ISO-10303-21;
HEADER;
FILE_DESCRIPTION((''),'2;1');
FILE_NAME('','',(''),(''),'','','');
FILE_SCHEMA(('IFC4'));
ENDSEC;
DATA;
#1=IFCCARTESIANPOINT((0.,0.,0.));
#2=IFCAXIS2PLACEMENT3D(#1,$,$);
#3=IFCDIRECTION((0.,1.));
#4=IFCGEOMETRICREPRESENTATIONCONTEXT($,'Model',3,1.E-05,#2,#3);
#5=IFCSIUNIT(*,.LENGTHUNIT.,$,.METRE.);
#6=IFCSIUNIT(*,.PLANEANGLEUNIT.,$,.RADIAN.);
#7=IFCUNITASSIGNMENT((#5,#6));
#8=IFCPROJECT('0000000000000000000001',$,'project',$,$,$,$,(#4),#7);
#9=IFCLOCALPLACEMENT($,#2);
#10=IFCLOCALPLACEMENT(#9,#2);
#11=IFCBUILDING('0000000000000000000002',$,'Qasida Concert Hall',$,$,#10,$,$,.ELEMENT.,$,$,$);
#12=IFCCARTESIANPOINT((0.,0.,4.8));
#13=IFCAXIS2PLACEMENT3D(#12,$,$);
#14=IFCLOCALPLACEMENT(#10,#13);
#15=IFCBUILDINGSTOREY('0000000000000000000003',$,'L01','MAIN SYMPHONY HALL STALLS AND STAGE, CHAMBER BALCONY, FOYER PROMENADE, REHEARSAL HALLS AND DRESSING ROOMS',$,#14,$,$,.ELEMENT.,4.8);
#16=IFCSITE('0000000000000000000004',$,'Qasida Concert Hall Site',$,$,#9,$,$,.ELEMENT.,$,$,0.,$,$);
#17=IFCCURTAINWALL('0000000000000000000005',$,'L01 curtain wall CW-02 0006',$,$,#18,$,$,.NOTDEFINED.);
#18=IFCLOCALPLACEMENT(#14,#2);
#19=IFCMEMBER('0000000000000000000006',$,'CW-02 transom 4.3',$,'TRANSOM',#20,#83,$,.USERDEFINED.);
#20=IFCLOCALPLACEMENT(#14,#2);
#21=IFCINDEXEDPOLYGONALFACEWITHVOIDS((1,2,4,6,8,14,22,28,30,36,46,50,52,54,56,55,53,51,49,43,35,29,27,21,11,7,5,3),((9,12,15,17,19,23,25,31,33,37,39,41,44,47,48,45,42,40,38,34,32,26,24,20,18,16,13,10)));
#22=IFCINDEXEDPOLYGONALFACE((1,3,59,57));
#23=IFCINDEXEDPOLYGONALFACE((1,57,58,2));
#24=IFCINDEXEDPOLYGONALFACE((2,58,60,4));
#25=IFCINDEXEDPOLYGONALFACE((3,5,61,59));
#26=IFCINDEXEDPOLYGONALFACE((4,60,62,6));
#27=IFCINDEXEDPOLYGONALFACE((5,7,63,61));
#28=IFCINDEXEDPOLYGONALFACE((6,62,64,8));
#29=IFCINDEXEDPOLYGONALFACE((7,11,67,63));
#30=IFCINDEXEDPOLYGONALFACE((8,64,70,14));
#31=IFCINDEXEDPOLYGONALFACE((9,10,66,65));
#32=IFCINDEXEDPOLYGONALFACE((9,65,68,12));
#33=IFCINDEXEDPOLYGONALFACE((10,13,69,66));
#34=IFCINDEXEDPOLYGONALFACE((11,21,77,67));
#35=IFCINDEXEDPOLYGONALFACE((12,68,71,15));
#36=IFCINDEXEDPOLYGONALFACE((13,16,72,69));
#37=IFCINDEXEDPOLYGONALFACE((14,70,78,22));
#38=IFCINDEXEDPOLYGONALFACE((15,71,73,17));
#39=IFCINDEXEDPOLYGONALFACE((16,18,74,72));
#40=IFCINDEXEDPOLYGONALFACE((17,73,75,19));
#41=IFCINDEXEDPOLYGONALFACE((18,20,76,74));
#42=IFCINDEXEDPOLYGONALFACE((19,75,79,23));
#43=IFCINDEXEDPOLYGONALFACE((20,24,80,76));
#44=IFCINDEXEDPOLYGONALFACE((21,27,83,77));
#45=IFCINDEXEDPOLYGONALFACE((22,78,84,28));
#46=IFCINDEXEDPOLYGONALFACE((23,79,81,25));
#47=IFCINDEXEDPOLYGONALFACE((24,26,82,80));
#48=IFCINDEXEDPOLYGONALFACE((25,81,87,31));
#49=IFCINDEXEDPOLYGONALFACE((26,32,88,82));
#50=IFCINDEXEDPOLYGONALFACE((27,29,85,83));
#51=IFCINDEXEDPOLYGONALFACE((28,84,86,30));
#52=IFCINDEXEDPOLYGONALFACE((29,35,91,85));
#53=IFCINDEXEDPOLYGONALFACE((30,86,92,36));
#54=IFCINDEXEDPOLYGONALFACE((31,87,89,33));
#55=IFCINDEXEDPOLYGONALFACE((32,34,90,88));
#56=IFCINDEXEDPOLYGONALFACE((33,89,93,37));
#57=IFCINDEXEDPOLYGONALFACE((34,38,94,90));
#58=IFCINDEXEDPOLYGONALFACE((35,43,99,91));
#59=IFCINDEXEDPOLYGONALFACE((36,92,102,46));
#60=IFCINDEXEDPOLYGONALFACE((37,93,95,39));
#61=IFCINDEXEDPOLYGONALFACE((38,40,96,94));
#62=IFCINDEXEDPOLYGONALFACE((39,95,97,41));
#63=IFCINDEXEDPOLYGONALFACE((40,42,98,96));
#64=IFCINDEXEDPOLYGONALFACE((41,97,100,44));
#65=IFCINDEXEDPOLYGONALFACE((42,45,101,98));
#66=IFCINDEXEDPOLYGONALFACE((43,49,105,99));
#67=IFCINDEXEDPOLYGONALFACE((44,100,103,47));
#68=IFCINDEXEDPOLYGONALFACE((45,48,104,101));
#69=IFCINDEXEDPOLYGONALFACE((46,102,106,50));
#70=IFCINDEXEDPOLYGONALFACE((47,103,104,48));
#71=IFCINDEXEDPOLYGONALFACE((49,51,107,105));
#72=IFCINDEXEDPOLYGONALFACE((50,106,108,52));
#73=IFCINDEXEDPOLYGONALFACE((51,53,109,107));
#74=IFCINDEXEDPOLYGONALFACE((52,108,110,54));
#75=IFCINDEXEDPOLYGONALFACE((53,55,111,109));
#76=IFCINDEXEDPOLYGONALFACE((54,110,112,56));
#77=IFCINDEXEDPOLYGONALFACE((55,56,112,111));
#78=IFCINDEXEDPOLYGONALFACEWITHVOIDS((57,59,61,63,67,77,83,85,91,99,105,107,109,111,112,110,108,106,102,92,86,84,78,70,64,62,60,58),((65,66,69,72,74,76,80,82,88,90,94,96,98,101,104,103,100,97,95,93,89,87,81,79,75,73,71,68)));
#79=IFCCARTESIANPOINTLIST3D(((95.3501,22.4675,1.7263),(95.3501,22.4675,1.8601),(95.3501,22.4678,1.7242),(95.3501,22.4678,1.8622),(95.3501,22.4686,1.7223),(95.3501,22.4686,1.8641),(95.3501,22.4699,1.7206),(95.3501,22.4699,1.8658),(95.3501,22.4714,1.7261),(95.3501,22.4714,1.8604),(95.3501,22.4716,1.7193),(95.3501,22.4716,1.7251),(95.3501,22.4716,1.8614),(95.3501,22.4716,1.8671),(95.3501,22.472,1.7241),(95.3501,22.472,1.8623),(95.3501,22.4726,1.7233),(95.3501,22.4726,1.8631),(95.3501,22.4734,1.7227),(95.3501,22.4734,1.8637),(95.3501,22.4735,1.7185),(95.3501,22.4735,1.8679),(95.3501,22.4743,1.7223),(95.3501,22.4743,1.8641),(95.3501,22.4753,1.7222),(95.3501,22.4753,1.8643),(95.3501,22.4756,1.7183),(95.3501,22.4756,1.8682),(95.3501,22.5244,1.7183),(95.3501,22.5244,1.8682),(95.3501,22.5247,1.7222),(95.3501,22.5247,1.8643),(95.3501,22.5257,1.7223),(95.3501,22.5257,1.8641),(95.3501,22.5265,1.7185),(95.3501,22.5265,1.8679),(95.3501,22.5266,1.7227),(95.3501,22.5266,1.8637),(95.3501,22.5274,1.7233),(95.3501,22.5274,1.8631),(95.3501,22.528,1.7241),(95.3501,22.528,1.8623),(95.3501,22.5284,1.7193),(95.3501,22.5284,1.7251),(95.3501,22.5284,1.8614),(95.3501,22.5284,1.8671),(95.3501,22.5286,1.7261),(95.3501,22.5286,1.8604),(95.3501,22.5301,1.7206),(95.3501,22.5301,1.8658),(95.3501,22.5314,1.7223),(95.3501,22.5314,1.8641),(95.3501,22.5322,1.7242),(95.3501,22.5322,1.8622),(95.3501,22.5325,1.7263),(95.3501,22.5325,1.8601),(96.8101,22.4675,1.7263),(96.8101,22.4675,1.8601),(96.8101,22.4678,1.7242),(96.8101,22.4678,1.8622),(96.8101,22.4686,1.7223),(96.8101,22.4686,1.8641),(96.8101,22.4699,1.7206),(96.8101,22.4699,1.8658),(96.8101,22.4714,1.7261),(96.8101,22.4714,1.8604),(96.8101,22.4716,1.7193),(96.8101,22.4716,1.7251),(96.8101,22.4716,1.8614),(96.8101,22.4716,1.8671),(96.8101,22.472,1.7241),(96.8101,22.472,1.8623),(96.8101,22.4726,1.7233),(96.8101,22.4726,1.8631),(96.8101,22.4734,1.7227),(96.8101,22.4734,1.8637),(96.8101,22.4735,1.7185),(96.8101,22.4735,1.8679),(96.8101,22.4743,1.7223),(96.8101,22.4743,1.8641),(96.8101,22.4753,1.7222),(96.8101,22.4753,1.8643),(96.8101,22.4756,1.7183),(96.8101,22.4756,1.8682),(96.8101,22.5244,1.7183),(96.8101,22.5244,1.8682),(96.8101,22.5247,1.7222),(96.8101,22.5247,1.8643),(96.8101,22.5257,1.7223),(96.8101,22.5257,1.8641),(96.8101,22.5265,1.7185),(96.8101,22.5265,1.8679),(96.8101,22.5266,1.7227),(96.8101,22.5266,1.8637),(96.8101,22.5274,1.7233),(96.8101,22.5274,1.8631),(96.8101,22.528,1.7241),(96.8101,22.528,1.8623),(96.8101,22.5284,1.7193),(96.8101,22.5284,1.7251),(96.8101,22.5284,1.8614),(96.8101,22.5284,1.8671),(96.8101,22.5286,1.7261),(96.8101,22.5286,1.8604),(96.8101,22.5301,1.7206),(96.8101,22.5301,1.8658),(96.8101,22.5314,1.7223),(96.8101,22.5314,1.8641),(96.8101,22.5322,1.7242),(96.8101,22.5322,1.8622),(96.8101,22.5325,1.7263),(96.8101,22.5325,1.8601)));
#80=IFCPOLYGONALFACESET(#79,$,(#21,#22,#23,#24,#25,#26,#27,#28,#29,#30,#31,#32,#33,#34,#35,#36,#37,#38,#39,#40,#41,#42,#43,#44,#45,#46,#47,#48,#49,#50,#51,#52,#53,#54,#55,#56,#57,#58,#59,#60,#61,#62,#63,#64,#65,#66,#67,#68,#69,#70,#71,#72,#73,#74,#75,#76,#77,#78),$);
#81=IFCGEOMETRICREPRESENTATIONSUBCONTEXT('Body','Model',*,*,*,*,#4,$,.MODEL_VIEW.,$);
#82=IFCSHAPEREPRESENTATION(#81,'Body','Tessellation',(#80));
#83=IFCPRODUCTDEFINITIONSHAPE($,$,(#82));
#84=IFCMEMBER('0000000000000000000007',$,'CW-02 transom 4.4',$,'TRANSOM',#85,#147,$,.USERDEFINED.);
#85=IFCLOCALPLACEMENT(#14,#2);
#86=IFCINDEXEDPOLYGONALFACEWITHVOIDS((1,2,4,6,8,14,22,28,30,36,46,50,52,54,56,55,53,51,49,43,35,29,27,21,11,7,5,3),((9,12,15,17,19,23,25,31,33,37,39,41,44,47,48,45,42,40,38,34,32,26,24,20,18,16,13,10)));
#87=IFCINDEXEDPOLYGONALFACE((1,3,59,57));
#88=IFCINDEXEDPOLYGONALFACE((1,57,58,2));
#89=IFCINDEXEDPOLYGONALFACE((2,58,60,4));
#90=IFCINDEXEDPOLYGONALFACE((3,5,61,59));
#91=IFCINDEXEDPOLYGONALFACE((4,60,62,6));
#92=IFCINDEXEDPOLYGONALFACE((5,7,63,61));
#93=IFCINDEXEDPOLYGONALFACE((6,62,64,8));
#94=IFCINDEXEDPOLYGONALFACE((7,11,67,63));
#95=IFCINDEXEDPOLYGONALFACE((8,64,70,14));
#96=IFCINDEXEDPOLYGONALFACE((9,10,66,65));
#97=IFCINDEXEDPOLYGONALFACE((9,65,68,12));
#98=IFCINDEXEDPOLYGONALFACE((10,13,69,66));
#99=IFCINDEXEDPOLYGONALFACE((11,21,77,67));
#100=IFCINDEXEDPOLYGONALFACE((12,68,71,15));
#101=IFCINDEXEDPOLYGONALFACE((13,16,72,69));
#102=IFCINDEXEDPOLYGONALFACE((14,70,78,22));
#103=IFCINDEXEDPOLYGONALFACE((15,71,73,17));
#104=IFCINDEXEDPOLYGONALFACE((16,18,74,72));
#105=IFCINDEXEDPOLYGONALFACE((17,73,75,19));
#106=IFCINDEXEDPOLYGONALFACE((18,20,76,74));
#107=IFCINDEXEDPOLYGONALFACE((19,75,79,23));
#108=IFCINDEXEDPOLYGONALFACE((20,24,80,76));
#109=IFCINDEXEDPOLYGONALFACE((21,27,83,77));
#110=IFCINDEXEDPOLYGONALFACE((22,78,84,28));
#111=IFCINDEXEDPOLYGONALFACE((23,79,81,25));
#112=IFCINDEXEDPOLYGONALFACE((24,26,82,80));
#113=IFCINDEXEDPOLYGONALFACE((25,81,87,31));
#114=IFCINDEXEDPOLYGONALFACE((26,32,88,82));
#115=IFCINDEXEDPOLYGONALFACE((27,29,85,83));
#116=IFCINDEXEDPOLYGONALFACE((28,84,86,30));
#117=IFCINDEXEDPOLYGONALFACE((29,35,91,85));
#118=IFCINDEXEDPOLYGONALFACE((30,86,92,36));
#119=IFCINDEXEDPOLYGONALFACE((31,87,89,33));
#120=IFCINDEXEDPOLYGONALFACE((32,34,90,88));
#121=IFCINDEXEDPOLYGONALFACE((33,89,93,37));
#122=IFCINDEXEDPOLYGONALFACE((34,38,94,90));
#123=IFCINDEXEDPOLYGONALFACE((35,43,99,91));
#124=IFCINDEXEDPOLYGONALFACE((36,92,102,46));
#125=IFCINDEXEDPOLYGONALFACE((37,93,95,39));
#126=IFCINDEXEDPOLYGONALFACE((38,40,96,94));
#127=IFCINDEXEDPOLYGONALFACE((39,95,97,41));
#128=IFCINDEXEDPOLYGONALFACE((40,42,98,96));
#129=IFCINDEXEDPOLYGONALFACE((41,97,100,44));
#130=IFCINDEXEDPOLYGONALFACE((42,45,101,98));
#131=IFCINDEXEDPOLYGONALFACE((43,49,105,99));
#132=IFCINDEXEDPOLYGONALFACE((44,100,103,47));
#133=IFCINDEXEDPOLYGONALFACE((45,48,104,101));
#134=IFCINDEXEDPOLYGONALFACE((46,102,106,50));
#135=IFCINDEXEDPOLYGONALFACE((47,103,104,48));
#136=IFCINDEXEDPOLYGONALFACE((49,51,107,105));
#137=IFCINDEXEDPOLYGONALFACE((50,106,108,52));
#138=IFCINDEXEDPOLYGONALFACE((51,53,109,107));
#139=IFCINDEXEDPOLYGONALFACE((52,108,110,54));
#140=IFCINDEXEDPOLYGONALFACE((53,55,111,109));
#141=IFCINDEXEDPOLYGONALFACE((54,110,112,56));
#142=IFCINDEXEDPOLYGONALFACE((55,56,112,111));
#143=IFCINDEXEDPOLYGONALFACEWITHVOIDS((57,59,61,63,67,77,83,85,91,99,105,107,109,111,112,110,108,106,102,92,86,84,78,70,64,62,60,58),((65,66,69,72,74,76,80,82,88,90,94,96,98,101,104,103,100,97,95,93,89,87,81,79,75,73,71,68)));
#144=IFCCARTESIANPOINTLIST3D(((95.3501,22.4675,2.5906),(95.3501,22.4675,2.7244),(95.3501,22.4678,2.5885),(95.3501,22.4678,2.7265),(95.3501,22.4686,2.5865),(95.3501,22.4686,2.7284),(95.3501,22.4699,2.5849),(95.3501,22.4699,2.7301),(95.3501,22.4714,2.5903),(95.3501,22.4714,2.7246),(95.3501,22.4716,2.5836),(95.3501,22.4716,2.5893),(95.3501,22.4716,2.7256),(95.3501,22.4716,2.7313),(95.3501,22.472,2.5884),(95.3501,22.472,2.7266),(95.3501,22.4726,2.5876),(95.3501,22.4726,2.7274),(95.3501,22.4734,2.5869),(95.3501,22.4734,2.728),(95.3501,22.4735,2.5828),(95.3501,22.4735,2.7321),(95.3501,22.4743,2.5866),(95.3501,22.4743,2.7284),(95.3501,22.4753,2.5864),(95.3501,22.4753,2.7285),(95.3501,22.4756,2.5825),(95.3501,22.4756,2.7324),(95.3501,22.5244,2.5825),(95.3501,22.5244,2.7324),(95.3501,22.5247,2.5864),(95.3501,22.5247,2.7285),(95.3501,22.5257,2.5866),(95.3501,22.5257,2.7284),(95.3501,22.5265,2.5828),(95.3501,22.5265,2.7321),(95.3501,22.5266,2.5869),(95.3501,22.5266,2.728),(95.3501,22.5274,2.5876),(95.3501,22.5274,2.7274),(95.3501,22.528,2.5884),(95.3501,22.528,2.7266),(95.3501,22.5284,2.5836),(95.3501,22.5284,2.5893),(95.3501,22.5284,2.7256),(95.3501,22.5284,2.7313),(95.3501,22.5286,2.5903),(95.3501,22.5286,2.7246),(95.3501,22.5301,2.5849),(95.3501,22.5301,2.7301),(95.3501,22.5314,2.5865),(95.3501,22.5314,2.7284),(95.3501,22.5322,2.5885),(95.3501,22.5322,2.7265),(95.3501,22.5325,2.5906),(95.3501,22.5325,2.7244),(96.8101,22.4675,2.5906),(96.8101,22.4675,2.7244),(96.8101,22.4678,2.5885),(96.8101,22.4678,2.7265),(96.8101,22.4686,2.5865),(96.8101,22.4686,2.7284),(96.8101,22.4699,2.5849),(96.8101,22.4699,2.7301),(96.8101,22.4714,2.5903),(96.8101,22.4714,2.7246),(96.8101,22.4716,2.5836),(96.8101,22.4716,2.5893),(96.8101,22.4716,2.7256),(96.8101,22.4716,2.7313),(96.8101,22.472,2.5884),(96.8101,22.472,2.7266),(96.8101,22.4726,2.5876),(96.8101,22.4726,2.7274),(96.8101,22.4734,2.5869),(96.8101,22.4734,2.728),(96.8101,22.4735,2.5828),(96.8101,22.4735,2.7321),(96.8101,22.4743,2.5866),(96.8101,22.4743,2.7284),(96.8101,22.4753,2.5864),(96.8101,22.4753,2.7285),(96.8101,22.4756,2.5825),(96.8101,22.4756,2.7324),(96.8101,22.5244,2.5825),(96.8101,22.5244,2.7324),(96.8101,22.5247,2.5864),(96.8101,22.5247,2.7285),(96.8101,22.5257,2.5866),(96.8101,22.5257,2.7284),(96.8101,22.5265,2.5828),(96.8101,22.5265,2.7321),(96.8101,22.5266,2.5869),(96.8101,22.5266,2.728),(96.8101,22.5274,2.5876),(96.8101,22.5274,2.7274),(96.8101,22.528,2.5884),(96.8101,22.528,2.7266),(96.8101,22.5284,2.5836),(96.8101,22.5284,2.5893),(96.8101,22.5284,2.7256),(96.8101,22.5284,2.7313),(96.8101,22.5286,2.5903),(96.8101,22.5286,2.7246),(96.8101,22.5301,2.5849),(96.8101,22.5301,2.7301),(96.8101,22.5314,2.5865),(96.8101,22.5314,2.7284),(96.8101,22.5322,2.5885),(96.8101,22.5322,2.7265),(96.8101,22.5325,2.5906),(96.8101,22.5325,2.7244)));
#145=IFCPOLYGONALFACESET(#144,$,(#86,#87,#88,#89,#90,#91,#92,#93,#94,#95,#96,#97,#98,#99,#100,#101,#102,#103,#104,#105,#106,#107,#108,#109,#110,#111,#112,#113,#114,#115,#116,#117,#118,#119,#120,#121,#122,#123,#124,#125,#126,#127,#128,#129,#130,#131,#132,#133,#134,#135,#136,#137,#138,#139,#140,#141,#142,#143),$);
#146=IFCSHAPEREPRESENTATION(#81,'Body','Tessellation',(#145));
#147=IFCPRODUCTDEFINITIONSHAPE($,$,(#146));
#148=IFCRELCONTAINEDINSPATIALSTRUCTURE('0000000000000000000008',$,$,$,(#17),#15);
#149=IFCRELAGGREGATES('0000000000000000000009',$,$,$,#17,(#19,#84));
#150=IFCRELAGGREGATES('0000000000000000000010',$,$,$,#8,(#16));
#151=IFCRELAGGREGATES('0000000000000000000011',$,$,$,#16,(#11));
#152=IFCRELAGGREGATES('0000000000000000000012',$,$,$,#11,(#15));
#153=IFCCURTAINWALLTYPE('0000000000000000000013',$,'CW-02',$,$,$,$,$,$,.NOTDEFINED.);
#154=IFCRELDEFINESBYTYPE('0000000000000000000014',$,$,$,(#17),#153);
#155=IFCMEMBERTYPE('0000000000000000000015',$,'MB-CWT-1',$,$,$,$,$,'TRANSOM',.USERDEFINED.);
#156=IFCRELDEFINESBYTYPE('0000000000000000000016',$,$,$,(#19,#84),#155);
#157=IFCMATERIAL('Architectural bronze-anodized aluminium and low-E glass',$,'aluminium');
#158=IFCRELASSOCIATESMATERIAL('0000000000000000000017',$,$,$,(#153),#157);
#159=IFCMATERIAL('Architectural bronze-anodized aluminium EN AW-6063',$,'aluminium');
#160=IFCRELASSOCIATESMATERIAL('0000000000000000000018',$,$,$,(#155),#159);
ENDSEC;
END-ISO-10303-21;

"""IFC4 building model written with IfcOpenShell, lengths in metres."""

from ifc_helpers import new_model, si_unit, direction, frame, origin, origin_2d, place, context, subcontext, project, spatial, hollow_rectangle, extrude, material, material_profile, profile_set, type_object, element, aggregate, save


model = new_model("IFC4")

# Units and contexts
model_context = context("Model", 3, precision=1e-05, world=origin(), true_north=direction((0.0, 1.0)))
body_context = subcontext(model_context, "Body", "Model", "MODEL_VIEW")
ifc_project = project(units=[si_unit("LENGTHUNIT", "METRE"), si_unit("PLANEANGLEUNIT", "RADIAN")], contexts=[model_context])

# Site, building, storey
site_placement = place(None, origin())
site = spatial("IfcSite", under=ifc_project, at=site_placement, Name="Qasida Concert Hall Site", CompositionType="ELEMENT", RefElevation=0.0)
building_placement = place(site_placement, origin())
building = spatial("IfcBuilding", under=site, at=building_placement, Name="Qasida Concert Hall", CompositionType="ELEMENT")
storey_placement = place(building_placement, frame((0.0, 0.0, 4.8)))
storey = spatial("IfcBuildingStorey", under=building, at=storey_placement, Name="L01", Description="MAIN SYMPHONY HALL STALLS AND STAGE, CHAMBER BALCONY, FOYER PROMENADE, REHEARSAL HALLS AND DRESSING ROOMS", CompositionType="ELEMENT", Elevation=4.8)

# Curtain wall
ifc_material_1 = material(Name="Architectural bronze-anodized aluminium and low-E glass", Category="aluminium")
curtain_wall_type = type_object("IfcCurtainWallType", Name="CW-02", PredefinedType="NOTDEFINED", material=ifc_material_1)
curtain_wall_1_placement = place(storey_placement, origin())
curtain_wall_1 = element("IfcCurtainWall", 1, at=curtain_wall_1_placement, inside=storey, type_object=curtain_wall_type, Name="L01 curtain wall CW-02 0006", PredefinedType="NOTDEFINED")
ifc_material_2 = material(Name="Architectural bronze-anodized aluminium EN AW-6063", Category="aluminium")

# Members
ifc_material_profile_1 = material_profile(ifc_material_2, hollow_rectangle(XDim=0.0649, YDim=0.1499, WallThickness=0.0039, InnerFilletRadius=0.0039, OuterFilletRadius=0.0081, at=origin_2d()), Name="CWT 150x65x4")
ifc_profile_set_1 = profile_set([ifc_material_profile_1], Name="Architectural bronze-anodized aluminium EN AW-6063")
member_type_1 = type_object("IfcMemberType", Name="MB-CWT-1", ElementType="TRANSOM", PredefinedType="USERDEFINED", material=ifc_profile_set_1)
member_1_placement = place(storey_placement, frame((95.3501, 22.5, 1.7932), z_axis=(1.0, 0.0, 0.0), x_axis=(0.0, 1.0, 0.0)))
member_1 = element("IfcMember", 2, at=member_1_placement, type_object=member_type_1, Name="CW-02 transom 4.3", ObjectType="TRANSOM", PredefinedType="USERDEFINED", context=body_context, shape_type="SweptSolid", body=[
    extrude(hollow_rectangle(XDim=0.0649, YDim=0.1499, WallThickness=0.0039, InnerFilletRadius=0.0039, OuterFilletRadius=0.0081, at=origin_2d()), origin(), (0.0, 0.0, 1.0), 1.46),
])
member_2_placement = place(storey_placement, frame((95.3501, 22.5, 2.6575), z_axis=(1.0, 0.0, 0.0), x_axis=(0.0, 1.0, 0.0)))
member_2 = element("IfcMember", 3, at=member_2_placement, type_object=member_type_1, Name="CW-02 transom 4.4", ObjectType="TRANSOM", PredefinedType="USERDEFINED", context=body_context, shape_type="SweptSolid", body=[
    extrude(hollow_rectangle(XDim=0.0649, YDim=0.1499, WallThickness=0.0039, InnerFilletRadius=0.0039, OuterFilletRadius=0.0081, at=origin_2d()), origin(), (0.0, 0.0, 1.0), 1.46),
])

aggregate(curtain_wall_1, [member_1, member_2])

save(model, "model.ifc")
